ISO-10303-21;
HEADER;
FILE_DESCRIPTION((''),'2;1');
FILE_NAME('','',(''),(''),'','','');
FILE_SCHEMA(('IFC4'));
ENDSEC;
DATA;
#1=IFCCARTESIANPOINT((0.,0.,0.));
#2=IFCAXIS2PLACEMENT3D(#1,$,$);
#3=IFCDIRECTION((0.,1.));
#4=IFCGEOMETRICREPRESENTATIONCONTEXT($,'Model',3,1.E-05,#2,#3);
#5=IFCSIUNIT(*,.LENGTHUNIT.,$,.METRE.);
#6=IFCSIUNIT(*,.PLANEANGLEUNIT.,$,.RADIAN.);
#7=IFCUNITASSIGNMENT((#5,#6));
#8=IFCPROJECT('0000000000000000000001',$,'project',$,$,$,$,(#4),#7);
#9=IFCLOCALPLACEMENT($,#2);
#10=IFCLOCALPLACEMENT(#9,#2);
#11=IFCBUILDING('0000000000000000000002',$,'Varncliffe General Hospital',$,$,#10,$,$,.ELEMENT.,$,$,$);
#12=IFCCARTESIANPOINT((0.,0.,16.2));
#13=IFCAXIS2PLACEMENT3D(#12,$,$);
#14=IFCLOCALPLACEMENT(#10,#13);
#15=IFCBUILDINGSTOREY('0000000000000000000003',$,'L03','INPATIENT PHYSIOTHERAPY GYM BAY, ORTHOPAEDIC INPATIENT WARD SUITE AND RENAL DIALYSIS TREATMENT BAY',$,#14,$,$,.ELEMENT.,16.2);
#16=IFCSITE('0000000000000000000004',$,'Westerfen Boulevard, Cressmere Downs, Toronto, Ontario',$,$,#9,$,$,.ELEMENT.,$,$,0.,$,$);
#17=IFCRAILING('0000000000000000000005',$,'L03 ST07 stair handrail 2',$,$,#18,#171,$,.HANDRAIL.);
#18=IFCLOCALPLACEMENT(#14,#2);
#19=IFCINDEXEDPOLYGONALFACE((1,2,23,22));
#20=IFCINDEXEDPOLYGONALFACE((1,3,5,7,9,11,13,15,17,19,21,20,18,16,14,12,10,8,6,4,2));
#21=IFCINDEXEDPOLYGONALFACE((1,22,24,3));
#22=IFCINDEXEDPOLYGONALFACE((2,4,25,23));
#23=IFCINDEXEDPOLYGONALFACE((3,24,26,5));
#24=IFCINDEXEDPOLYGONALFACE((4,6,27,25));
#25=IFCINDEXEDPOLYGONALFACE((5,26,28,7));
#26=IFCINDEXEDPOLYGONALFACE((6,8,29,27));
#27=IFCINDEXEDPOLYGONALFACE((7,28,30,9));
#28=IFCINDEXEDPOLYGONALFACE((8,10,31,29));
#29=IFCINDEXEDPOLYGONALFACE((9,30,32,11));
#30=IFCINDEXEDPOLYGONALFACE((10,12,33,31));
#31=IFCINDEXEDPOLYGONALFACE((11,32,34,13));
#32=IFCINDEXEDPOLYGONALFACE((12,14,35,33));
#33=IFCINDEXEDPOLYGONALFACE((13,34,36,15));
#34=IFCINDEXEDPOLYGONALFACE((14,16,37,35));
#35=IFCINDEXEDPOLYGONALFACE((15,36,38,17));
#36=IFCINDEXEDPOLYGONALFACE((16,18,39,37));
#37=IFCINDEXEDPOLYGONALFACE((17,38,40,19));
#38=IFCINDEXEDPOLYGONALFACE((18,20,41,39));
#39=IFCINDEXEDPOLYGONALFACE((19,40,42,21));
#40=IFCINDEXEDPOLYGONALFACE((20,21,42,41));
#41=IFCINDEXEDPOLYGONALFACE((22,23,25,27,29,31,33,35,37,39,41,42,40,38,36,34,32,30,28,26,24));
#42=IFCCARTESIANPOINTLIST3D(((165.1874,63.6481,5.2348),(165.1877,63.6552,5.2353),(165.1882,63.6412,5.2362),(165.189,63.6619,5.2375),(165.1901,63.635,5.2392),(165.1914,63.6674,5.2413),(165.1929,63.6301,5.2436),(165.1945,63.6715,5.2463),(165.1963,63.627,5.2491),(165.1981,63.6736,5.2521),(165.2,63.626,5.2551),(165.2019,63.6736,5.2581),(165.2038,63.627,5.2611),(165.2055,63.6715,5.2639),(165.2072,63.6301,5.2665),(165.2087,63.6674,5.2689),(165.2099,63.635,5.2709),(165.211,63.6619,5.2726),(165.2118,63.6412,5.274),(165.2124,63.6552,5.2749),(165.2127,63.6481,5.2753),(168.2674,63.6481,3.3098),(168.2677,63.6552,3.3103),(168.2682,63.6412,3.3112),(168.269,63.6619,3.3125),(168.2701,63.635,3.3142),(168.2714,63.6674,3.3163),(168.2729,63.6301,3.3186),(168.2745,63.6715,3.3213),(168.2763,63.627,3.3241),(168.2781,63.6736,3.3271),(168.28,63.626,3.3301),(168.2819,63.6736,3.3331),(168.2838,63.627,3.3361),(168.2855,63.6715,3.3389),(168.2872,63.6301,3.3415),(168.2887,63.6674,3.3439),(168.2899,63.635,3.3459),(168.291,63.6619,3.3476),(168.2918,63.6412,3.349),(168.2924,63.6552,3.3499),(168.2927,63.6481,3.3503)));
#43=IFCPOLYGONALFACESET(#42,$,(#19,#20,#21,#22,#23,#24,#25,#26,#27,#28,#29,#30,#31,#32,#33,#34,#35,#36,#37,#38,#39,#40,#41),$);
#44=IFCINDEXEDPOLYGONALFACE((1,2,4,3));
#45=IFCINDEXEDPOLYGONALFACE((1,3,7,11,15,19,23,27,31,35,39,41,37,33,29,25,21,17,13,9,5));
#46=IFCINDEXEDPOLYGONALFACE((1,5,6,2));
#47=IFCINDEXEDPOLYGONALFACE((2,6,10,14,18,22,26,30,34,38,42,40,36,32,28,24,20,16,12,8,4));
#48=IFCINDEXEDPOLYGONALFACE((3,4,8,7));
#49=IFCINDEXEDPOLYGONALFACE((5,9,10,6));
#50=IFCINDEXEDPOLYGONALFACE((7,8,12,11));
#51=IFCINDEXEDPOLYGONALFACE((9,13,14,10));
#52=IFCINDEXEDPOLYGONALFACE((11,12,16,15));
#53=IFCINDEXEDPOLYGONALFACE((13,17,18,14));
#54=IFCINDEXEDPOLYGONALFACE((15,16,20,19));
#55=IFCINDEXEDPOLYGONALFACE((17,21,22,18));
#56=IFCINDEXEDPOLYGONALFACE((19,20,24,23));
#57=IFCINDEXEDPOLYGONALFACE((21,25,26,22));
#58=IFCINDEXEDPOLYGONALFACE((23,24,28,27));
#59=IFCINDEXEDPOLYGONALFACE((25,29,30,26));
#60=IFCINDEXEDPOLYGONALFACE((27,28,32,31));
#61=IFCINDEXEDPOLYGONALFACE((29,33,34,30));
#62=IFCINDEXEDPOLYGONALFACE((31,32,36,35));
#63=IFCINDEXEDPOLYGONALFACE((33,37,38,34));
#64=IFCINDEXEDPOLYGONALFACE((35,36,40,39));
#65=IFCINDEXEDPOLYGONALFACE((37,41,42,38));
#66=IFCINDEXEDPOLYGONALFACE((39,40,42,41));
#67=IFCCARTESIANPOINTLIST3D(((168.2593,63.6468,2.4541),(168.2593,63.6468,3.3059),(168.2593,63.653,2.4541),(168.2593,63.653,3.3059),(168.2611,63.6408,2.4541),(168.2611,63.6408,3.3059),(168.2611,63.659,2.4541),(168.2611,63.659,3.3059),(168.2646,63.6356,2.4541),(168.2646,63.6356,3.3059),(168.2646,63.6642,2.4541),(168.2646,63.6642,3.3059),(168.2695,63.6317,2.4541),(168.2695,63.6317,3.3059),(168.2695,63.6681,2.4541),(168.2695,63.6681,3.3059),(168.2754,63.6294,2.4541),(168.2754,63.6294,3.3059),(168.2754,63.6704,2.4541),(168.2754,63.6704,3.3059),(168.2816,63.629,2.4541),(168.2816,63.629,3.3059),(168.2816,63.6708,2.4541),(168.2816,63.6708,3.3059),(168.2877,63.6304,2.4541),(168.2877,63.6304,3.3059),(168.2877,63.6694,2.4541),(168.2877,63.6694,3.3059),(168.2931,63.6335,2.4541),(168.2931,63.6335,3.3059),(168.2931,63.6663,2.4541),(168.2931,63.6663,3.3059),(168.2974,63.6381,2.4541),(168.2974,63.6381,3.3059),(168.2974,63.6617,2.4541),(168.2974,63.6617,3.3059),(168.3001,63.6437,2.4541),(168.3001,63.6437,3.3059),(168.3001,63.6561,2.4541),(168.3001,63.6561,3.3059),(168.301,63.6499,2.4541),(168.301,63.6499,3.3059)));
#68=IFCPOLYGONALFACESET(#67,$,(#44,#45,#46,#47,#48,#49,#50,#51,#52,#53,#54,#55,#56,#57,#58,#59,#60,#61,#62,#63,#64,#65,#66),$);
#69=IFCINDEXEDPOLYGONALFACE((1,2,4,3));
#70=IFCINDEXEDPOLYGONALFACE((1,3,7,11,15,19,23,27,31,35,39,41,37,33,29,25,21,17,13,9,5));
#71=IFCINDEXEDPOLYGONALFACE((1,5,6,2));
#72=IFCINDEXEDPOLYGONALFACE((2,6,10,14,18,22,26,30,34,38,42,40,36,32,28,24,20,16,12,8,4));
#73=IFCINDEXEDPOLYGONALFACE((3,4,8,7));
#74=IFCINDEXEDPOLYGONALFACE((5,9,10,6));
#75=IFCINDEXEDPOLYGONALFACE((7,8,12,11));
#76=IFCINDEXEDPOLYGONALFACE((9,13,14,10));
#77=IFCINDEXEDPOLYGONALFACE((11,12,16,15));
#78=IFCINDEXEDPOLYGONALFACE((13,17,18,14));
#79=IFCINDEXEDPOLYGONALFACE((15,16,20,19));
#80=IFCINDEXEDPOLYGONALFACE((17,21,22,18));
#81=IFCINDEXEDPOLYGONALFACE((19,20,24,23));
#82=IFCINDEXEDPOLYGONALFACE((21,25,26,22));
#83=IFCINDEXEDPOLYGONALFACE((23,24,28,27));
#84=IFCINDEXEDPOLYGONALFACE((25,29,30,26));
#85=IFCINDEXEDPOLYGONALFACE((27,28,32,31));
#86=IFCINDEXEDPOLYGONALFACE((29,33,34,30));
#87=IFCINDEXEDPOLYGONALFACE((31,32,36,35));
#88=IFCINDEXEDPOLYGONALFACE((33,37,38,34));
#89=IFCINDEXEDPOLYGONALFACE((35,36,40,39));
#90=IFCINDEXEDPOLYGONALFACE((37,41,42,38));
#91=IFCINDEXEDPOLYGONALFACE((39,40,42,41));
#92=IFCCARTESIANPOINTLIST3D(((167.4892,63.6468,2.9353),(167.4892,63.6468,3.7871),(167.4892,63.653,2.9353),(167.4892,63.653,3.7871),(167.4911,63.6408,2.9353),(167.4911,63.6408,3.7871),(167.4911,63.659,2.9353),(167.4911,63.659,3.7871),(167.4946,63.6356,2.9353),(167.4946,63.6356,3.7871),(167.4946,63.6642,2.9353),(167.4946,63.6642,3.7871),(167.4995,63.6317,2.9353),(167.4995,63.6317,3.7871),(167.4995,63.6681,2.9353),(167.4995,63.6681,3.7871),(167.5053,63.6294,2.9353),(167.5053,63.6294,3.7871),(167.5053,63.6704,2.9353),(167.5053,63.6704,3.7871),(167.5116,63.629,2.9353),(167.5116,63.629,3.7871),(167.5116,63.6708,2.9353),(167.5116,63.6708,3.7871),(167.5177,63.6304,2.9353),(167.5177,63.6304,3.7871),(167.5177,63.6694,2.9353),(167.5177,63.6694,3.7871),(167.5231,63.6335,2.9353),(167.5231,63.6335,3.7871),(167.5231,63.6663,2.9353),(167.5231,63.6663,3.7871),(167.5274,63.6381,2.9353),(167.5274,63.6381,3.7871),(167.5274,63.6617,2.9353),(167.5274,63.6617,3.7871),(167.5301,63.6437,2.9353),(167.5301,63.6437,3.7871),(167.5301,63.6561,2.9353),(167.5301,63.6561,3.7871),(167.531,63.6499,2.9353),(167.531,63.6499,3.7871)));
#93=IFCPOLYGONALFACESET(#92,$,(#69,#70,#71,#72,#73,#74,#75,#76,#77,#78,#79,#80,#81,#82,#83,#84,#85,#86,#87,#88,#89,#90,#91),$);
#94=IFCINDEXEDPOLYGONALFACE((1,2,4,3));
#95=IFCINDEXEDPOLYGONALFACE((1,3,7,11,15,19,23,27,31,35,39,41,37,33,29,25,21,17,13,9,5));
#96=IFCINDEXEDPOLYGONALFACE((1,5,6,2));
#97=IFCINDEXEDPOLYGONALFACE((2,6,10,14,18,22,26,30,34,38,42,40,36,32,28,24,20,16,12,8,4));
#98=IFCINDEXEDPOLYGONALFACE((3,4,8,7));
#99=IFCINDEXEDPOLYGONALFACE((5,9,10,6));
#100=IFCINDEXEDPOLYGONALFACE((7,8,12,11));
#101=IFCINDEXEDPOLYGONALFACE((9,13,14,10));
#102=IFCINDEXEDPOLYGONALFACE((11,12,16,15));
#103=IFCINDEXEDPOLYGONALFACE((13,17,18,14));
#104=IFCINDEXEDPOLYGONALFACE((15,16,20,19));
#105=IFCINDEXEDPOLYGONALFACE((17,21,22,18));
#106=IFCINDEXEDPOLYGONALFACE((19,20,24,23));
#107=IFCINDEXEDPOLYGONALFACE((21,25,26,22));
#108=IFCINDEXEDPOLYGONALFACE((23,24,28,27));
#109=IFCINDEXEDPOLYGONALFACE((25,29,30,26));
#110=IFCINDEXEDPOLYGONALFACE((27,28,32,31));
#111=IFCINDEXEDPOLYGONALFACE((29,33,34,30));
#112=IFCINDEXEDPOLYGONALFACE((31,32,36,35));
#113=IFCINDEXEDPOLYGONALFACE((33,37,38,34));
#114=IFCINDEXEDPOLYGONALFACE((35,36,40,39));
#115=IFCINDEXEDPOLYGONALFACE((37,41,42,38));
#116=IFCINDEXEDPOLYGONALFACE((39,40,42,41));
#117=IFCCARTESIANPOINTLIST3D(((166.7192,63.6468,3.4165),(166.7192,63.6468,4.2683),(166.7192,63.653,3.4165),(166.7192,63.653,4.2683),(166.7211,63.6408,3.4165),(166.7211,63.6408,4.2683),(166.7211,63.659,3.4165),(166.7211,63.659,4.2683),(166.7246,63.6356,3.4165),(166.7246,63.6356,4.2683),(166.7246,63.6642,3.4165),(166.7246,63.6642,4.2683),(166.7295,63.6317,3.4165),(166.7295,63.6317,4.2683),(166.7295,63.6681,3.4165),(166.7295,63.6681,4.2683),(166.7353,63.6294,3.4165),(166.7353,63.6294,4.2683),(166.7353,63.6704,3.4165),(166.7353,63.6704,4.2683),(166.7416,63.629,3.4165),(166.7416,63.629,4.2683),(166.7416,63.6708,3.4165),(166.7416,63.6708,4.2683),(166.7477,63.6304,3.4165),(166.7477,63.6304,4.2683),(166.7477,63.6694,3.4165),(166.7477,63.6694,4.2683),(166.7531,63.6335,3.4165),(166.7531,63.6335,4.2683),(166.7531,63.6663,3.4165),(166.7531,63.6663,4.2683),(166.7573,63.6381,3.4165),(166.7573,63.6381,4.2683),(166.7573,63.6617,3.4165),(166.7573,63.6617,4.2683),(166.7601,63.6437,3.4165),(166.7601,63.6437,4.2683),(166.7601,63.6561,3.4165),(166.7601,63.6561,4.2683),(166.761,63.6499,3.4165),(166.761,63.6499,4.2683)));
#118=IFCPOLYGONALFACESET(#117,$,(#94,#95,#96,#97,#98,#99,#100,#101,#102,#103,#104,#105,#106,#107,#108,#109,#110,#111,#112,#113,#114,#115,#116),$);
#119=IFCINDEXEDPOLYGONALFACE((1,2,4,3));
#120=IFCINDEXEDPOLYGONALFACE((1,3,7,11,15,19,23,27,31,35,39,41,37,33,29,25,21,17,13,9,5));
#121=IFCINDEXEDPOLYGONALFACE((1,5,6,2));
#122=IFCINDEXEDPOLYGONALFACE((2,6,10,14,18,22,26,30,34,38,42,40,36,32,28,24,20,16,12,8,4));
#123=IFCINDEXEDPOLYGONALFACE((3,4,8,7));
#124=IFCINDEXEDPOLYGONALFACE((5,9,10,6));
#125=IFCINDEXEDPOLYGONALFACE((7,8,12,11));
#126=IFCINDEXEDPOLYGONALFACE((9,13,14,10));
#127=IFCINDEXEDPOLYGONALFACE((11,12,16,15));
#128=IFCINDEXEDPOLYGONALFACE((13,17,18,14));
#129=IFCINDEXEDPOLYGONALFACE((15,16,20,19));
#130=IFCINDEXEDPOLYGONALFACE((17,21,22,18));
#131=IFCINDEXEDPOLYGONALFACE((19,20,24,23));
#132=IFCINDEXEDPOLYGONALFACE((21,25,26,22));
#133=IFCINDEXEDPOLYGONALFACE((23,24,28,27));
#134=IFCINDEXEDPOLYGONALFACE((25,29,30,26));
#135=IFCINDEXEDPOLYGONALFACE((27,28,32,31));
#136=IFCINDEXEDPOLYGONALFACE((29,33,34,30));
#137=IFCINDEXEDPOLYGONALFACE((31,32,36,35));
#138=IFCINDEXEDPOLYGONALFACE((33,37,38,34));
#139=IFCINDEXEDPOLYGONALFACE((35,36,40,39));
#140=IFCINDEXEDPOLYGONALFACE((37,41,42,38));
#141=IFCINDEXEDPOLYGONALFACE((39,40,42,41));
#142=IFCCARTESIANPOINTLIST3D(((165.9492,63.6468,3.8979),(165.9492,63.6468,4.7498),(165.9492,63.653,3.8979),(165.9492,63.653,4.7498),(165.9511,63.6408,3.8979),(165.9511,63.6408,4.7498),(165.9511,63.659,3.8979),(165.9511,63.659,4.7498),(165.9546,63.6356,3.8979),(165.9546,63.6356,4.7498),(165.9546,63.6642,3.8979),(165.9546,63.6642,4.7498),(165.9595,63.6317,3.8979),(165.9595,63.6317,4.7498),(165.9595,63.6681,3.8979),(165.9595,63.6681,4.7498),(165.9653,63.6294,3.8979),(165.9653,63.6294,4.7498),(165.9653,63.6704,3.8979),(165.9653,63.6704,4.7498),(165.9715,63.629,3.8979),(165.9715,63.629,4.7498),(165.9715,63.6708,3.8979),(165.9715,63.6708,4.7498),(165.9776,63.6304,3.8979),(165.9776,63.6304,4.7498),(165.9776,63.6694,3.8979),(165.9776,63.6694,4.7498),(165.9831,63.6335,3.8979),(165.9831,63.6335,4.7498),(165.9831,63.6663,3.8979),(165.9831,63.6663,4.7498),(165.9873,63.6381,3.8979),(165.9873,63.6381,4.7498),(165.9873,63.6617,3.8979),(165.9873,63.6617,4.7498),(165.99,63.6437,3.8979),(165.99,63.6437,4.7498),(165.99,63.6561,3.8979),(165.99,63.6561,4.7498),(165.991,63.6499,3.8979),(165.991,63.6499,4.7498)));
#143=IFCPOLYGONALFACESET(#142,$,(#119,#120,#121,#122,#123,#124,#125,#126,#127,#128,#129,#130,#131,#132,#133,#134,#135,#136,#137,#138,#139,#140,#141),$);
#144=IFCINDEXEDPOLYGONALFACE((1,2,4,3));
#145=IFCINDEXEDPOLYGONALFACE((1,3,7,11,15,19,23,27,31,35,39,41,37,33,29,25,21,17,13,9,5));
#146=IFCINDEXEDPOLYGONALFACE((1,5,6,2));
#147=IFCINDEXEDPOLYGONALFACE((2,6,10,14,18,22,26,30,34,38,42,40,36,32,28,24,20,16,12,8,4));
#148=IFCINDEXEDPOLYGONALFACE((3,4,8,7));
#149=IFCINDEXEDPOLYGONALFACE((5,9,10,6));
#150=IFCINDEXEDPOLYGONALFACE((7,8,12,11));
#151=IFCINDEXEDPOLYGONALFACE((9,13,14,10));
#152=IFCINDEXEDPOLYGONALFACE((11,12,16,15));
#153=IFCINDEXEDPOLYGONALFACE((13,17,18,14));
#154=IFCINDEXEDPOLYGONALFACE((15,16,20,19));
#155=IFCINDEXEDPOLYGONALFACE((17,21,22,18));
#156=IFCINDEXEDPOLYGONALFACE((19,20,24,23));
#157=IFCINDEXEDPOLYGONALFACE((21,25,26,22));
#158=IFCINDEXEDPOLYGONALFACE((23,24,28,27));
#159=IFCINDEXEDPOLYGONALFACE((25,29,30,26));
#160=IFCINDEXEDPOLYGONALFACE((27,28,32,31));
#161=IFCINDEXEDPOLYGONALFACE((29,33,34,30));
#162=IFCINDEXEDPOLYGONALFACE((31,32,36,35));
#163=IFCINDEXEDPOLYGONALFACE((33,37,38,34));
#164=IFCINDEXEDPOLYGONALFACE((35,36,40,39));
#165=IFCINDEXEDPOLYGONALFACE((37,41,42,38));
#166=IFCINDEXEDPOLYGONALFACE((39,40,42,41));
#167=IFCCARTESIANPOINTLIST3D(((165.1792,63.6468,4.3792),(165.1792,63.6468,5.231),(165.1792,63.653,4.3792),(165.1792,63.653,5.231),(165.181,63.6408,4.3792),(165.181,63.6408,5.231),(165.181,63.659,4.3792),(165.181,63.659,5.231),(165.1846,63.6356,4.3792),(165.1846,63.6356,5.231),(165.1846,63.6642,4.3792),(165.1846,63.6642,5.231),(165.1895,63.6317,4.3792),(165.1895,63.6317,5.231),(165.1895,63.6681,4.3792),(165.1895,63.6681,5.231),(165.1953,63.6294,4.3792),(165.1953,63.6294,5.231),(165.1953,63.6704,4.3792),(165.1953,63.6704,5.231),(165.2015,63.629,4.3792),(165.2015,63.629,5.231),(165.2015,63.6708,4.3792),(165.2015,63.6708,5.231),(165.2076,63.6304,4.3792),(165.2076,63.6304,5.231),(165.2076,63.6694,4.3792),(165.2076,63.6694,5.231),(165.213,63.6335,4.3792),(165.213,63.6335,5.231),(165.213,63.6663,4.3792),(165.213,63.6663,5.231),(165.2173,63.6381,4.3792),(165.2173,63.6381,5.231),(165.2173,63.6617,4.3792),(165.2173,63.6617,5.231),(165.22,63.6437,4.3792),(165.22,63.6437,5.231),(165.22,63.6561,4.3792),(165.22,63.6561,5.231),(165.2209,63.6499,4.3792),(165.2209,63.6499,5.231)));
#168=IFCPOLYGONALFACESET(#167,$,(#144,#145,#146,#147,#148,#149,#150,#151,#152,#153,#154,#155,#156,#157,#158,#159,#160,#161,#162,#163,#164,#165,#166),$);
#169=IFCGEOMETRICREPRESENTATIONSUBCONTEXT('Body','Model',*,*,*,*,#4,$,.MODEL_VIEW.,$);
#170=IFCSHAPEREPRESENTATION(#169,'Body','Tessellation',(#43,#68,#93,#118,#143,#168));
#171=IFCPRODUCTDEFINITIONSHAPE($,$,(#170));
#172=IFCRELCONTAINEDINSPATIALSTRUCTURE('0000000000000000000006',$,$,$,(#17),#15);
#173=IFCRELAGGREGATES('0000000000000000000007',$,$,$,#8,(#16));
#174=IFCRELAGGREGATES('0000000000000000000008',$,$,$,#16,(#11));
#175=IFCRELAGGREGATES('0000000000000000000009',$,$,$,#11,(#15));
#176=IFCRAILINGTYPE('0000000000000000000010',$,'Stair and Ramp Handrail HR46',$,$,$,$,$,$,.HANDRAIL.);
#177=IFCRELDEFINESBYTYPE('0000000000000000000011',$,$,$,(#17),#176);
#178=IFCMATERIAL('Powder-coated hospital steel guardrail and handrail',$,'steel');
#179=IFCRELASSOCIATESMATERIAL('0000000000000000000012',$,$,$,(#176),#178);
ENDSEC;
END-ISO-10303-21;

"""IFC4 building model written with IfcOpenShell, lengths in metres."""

from ifc_helpers import new_model, si_unit, direction, frame, origin, origin_2d, place, context, subcontext, project, spatial, circle, extrude, material, type_object, element, save


model = new_model("IFC4")

# Units and contexts
model_context = context("Model", 3, precision=1e-05, world=origin(), true_north=direction((0.0, 1.0)))
body_context = subcontext(model_context, "Body", "Model", "MODEL_VIEW")
ifc_project = project(units=[si_unit("LENGTHUNIT", "METRE"), si_unit("PLANEANGLEUNIT", "RADIAN")], contexts=[model_context])

# Site, building, storey
site_placement = place(None, origin())
site = spatial("IfcSite", under=ifc_project, at=site_placement, Name="Westerfen Boulevard, Cressmere Downs, Toronto, Ontario", CompositionType="ELEMENT", RefElevation=0.0)
building_placement = place(site_placement, origin())
building = spatial("IfcBuilding", under=site, at=building_placement, Name="Varncliffe General Hospital", CompositionType="ELEMENT")
storey_placement = place(building_placement, frame((0.0, 0.0, 16.2)))
storey = spatial("IfcBuildingStorey", under=building, at=storey_placement, Name="L03", Description="INPATIENT PHYSIOTHERAPY GYM BAY, ORTHOPAEDIC INPATIENT WARD SUITE AND RENAL DIALYSIS TREATMENT BAY", CompositionType="ELEMENT", Elevation=16.2)

# Railing
ifc_material_1 = material(Name="Powder-coated hospital steel guardrail and handrail", Category="steel")
railing_type_1 = type_object("IfcRailingType", Name="Stair and Ramp Handrail HR46", PredefinedType="HANDRAIL", material=ifc_material_1)
railing_1_placement = place(storey_placement, frame((168.28, 63.6499, 2.4541)))
element("IfcRailing", 1, at=railing_1_placement, inside=storey, type_object=railing_type_1, Name="L03 ST07 stair handrail 2", PredefinedType="HANDRAIL", context=body_context, shape_type="SweptSolid", body=[
    extrude(circle(Radius=0.0239, at=origin_2d()), frame((0.0, 0.0, 0.876), z_axis=(-0.847998, 0.0, 0.529999), x_axis=(0.0, -1.0, 0.0)), (0.0, 0.0, 1.0), 3.6321),
    extrude(circle(Radius=0.021, at=origin_2d()), origin(), (0.0, 0.0, 1.0), 0.8518),
    extrude(circle(Radius=0.021, at=origin_2d()), frame((-0.77, 0.0, 0.4812)), (0.0, 0.0, 1.0), 0.8518),
    extrude(circle(Radius=0.021, at=origin_2d()), frame((-1.54, 0.0, 0.9624)), (0.0, 0.0, 1.0), 0.8518),
    extrude(circle(Radius=0.021, at=origin_2d()), frame((-2.3101, 0.0, 1.4438)), (0.0, 0.0, 1.0), 0.8518),
    extrude(circle(Radius=0.021, at=origin_2d()), frame((-3.0801, 0.0, 1.925)), (0.0, 0.0, 1.0), 0.8518),
])

save(model, "model.ifc")
